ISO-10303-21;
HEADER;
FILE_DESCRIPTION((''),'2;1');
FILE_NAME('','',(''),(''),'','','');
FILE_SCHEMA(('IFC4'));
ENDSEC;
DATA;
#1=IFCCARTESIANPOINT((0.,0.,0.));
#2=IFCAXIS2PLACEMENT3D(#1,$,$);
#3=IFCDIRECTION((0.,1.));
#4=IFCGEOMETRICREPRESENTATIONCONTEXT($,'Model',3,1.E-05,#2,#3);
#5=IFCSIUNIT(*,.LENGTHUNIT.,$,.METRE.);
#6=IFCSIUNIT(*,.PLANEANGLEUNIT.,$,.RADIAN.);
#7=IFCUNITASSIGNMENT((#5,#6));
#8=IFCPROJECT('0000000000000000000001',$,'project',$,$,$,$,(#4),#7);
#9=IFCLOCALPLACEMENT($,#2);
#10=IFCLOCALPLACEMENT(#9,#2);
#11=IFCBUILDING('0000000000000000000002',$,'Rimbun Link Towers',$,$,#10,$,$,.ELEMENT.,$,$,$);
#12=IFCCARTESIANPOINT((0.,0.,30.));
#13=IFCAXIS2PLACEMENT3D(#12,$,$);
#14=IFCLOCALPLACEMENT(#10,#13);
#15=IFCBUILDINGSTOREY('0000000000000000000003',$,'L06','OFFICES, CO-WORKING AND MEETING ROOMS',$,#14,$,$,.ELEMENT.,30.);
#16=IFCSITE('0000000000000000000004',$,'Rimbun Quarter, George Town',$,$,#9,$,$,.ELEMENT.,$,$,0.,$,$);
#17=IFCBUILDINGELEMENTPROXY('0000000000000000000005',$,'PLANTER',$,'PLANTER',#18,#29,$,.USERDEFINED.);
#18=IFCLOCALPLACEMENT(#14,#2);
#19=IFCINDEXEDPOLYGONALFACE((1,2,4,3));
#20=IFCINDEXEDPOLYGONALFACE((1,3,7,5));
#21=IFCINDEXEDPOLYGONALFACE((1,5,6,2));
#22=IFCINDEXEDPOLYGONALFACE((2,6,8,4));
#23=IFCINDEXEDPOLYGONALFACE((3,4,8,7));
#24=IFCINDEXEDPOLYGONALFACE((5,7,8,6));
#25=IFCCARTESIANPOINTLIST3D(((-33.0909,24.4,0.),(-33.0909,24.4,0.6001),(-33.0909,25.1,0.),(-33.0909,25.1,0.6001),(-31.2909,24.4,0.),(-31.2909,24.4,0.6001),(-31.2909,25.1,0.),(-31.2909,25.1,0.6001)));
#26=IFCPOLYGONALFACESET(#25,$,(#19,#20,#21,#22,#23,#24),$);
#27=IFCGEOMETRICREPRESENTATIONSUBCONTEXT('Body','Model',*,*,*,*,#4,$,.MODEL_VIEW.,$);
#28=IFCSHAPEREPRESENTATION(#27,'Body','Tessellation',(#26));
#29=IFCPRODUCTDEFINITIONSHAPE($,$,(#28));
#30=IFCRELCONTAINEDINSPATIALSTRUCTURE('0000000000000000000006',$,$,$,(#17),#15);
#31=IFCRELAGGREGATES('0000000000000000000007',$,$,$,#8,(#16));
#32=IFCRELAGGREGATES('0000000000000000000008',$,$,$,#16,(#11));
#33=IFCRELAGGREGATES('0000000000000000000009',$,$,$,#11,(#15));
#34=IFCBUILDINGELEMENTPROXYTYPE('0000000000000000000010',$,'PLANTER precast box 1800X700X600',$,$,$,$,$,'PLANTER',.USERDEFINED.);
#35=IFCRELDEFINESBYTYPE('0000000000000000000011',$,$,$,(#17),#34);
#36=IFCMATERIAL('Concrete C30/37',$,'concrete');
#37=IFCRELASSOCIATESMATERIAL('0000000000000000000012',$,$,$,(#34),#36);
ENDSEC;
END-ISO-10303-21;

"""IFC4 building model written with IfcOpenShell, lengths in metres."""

from ifc_helpers import new_model, si_unit, direction, frame, origin, origin_2d, place, context, subcontext, project, spatial, rectangle, extrude, material, type_object, element, save


model = new_model("IFC4")

# Units and contexts
model_context = context("Model", 3, precision=1e-05, world=origin(), true_north=direction((0.0, 1.0)))
body_context = subcontext(model_context, "Body", "Model", "MODEL_VIEW")
ifc_project = project(units=[si_unit("LENGTHUNIT", "METRE"), si_unit("PLANEANGLEUNIT", "RADIAN")], contexts=[model_context])

# Site, building, storey
site_placement = place(None, origin())
site = spatial("IfcSite", under=ifc_project, at=site_placement, Name="Rimbun Quarter, George Town", CompositionType="ELEMENT", RefElevation=0.0)
building_placement = place(site_placement, origin())
building = spatial("IfcBuilding", under=site, at=building_placement, Name="Rimbun Link Towers", CompositionType="ELEMENT")
storey_placement = place(building_placement, frame((0.0, 0.0, 30.0)))
storey = spatial("IfcBuildingStorey", under=building, at=storey_placement, Name="L06", Description="OFFICES, CO-WORKING AND MEETING ROOMS", CompositionType="ELEMENT", Elevation=30.0)

# Building element proxy
ifc_material_1 = material(Name="Concrete C30/37", Category="concrete")
building_element_proxy_type = type_object("IfcBuildingElementProxyType", Name="PLANTER precast box 1800X700X600", ElementType="PLANTER", PredefinedType="USERDEFINED", material=ifc_material_1)
proxy_placement = place(storey_placement, frame((-32.1909, 24.75, 0.0), z_axis=(0.0, 0.0, 1.0), x_axis=(-1.0, 0.0, 0.0)))
element("IfcBuildingElementProxy", 1, at=proxy_placement, inside=storey, type_object=building_element_proxy_type, Name="PLANTER", ObjectType="PLANTER", PredefinedType="USERDEFINED", context=body_context, shape_type="SweptSolid", body=[
    extrude(rectangle(XDim=1.8, YDim=0.7, at=origin_2d()), origin(), (0.0, 0.0, 1.0), 0.6001),
])

save(model, "model.ifc")
